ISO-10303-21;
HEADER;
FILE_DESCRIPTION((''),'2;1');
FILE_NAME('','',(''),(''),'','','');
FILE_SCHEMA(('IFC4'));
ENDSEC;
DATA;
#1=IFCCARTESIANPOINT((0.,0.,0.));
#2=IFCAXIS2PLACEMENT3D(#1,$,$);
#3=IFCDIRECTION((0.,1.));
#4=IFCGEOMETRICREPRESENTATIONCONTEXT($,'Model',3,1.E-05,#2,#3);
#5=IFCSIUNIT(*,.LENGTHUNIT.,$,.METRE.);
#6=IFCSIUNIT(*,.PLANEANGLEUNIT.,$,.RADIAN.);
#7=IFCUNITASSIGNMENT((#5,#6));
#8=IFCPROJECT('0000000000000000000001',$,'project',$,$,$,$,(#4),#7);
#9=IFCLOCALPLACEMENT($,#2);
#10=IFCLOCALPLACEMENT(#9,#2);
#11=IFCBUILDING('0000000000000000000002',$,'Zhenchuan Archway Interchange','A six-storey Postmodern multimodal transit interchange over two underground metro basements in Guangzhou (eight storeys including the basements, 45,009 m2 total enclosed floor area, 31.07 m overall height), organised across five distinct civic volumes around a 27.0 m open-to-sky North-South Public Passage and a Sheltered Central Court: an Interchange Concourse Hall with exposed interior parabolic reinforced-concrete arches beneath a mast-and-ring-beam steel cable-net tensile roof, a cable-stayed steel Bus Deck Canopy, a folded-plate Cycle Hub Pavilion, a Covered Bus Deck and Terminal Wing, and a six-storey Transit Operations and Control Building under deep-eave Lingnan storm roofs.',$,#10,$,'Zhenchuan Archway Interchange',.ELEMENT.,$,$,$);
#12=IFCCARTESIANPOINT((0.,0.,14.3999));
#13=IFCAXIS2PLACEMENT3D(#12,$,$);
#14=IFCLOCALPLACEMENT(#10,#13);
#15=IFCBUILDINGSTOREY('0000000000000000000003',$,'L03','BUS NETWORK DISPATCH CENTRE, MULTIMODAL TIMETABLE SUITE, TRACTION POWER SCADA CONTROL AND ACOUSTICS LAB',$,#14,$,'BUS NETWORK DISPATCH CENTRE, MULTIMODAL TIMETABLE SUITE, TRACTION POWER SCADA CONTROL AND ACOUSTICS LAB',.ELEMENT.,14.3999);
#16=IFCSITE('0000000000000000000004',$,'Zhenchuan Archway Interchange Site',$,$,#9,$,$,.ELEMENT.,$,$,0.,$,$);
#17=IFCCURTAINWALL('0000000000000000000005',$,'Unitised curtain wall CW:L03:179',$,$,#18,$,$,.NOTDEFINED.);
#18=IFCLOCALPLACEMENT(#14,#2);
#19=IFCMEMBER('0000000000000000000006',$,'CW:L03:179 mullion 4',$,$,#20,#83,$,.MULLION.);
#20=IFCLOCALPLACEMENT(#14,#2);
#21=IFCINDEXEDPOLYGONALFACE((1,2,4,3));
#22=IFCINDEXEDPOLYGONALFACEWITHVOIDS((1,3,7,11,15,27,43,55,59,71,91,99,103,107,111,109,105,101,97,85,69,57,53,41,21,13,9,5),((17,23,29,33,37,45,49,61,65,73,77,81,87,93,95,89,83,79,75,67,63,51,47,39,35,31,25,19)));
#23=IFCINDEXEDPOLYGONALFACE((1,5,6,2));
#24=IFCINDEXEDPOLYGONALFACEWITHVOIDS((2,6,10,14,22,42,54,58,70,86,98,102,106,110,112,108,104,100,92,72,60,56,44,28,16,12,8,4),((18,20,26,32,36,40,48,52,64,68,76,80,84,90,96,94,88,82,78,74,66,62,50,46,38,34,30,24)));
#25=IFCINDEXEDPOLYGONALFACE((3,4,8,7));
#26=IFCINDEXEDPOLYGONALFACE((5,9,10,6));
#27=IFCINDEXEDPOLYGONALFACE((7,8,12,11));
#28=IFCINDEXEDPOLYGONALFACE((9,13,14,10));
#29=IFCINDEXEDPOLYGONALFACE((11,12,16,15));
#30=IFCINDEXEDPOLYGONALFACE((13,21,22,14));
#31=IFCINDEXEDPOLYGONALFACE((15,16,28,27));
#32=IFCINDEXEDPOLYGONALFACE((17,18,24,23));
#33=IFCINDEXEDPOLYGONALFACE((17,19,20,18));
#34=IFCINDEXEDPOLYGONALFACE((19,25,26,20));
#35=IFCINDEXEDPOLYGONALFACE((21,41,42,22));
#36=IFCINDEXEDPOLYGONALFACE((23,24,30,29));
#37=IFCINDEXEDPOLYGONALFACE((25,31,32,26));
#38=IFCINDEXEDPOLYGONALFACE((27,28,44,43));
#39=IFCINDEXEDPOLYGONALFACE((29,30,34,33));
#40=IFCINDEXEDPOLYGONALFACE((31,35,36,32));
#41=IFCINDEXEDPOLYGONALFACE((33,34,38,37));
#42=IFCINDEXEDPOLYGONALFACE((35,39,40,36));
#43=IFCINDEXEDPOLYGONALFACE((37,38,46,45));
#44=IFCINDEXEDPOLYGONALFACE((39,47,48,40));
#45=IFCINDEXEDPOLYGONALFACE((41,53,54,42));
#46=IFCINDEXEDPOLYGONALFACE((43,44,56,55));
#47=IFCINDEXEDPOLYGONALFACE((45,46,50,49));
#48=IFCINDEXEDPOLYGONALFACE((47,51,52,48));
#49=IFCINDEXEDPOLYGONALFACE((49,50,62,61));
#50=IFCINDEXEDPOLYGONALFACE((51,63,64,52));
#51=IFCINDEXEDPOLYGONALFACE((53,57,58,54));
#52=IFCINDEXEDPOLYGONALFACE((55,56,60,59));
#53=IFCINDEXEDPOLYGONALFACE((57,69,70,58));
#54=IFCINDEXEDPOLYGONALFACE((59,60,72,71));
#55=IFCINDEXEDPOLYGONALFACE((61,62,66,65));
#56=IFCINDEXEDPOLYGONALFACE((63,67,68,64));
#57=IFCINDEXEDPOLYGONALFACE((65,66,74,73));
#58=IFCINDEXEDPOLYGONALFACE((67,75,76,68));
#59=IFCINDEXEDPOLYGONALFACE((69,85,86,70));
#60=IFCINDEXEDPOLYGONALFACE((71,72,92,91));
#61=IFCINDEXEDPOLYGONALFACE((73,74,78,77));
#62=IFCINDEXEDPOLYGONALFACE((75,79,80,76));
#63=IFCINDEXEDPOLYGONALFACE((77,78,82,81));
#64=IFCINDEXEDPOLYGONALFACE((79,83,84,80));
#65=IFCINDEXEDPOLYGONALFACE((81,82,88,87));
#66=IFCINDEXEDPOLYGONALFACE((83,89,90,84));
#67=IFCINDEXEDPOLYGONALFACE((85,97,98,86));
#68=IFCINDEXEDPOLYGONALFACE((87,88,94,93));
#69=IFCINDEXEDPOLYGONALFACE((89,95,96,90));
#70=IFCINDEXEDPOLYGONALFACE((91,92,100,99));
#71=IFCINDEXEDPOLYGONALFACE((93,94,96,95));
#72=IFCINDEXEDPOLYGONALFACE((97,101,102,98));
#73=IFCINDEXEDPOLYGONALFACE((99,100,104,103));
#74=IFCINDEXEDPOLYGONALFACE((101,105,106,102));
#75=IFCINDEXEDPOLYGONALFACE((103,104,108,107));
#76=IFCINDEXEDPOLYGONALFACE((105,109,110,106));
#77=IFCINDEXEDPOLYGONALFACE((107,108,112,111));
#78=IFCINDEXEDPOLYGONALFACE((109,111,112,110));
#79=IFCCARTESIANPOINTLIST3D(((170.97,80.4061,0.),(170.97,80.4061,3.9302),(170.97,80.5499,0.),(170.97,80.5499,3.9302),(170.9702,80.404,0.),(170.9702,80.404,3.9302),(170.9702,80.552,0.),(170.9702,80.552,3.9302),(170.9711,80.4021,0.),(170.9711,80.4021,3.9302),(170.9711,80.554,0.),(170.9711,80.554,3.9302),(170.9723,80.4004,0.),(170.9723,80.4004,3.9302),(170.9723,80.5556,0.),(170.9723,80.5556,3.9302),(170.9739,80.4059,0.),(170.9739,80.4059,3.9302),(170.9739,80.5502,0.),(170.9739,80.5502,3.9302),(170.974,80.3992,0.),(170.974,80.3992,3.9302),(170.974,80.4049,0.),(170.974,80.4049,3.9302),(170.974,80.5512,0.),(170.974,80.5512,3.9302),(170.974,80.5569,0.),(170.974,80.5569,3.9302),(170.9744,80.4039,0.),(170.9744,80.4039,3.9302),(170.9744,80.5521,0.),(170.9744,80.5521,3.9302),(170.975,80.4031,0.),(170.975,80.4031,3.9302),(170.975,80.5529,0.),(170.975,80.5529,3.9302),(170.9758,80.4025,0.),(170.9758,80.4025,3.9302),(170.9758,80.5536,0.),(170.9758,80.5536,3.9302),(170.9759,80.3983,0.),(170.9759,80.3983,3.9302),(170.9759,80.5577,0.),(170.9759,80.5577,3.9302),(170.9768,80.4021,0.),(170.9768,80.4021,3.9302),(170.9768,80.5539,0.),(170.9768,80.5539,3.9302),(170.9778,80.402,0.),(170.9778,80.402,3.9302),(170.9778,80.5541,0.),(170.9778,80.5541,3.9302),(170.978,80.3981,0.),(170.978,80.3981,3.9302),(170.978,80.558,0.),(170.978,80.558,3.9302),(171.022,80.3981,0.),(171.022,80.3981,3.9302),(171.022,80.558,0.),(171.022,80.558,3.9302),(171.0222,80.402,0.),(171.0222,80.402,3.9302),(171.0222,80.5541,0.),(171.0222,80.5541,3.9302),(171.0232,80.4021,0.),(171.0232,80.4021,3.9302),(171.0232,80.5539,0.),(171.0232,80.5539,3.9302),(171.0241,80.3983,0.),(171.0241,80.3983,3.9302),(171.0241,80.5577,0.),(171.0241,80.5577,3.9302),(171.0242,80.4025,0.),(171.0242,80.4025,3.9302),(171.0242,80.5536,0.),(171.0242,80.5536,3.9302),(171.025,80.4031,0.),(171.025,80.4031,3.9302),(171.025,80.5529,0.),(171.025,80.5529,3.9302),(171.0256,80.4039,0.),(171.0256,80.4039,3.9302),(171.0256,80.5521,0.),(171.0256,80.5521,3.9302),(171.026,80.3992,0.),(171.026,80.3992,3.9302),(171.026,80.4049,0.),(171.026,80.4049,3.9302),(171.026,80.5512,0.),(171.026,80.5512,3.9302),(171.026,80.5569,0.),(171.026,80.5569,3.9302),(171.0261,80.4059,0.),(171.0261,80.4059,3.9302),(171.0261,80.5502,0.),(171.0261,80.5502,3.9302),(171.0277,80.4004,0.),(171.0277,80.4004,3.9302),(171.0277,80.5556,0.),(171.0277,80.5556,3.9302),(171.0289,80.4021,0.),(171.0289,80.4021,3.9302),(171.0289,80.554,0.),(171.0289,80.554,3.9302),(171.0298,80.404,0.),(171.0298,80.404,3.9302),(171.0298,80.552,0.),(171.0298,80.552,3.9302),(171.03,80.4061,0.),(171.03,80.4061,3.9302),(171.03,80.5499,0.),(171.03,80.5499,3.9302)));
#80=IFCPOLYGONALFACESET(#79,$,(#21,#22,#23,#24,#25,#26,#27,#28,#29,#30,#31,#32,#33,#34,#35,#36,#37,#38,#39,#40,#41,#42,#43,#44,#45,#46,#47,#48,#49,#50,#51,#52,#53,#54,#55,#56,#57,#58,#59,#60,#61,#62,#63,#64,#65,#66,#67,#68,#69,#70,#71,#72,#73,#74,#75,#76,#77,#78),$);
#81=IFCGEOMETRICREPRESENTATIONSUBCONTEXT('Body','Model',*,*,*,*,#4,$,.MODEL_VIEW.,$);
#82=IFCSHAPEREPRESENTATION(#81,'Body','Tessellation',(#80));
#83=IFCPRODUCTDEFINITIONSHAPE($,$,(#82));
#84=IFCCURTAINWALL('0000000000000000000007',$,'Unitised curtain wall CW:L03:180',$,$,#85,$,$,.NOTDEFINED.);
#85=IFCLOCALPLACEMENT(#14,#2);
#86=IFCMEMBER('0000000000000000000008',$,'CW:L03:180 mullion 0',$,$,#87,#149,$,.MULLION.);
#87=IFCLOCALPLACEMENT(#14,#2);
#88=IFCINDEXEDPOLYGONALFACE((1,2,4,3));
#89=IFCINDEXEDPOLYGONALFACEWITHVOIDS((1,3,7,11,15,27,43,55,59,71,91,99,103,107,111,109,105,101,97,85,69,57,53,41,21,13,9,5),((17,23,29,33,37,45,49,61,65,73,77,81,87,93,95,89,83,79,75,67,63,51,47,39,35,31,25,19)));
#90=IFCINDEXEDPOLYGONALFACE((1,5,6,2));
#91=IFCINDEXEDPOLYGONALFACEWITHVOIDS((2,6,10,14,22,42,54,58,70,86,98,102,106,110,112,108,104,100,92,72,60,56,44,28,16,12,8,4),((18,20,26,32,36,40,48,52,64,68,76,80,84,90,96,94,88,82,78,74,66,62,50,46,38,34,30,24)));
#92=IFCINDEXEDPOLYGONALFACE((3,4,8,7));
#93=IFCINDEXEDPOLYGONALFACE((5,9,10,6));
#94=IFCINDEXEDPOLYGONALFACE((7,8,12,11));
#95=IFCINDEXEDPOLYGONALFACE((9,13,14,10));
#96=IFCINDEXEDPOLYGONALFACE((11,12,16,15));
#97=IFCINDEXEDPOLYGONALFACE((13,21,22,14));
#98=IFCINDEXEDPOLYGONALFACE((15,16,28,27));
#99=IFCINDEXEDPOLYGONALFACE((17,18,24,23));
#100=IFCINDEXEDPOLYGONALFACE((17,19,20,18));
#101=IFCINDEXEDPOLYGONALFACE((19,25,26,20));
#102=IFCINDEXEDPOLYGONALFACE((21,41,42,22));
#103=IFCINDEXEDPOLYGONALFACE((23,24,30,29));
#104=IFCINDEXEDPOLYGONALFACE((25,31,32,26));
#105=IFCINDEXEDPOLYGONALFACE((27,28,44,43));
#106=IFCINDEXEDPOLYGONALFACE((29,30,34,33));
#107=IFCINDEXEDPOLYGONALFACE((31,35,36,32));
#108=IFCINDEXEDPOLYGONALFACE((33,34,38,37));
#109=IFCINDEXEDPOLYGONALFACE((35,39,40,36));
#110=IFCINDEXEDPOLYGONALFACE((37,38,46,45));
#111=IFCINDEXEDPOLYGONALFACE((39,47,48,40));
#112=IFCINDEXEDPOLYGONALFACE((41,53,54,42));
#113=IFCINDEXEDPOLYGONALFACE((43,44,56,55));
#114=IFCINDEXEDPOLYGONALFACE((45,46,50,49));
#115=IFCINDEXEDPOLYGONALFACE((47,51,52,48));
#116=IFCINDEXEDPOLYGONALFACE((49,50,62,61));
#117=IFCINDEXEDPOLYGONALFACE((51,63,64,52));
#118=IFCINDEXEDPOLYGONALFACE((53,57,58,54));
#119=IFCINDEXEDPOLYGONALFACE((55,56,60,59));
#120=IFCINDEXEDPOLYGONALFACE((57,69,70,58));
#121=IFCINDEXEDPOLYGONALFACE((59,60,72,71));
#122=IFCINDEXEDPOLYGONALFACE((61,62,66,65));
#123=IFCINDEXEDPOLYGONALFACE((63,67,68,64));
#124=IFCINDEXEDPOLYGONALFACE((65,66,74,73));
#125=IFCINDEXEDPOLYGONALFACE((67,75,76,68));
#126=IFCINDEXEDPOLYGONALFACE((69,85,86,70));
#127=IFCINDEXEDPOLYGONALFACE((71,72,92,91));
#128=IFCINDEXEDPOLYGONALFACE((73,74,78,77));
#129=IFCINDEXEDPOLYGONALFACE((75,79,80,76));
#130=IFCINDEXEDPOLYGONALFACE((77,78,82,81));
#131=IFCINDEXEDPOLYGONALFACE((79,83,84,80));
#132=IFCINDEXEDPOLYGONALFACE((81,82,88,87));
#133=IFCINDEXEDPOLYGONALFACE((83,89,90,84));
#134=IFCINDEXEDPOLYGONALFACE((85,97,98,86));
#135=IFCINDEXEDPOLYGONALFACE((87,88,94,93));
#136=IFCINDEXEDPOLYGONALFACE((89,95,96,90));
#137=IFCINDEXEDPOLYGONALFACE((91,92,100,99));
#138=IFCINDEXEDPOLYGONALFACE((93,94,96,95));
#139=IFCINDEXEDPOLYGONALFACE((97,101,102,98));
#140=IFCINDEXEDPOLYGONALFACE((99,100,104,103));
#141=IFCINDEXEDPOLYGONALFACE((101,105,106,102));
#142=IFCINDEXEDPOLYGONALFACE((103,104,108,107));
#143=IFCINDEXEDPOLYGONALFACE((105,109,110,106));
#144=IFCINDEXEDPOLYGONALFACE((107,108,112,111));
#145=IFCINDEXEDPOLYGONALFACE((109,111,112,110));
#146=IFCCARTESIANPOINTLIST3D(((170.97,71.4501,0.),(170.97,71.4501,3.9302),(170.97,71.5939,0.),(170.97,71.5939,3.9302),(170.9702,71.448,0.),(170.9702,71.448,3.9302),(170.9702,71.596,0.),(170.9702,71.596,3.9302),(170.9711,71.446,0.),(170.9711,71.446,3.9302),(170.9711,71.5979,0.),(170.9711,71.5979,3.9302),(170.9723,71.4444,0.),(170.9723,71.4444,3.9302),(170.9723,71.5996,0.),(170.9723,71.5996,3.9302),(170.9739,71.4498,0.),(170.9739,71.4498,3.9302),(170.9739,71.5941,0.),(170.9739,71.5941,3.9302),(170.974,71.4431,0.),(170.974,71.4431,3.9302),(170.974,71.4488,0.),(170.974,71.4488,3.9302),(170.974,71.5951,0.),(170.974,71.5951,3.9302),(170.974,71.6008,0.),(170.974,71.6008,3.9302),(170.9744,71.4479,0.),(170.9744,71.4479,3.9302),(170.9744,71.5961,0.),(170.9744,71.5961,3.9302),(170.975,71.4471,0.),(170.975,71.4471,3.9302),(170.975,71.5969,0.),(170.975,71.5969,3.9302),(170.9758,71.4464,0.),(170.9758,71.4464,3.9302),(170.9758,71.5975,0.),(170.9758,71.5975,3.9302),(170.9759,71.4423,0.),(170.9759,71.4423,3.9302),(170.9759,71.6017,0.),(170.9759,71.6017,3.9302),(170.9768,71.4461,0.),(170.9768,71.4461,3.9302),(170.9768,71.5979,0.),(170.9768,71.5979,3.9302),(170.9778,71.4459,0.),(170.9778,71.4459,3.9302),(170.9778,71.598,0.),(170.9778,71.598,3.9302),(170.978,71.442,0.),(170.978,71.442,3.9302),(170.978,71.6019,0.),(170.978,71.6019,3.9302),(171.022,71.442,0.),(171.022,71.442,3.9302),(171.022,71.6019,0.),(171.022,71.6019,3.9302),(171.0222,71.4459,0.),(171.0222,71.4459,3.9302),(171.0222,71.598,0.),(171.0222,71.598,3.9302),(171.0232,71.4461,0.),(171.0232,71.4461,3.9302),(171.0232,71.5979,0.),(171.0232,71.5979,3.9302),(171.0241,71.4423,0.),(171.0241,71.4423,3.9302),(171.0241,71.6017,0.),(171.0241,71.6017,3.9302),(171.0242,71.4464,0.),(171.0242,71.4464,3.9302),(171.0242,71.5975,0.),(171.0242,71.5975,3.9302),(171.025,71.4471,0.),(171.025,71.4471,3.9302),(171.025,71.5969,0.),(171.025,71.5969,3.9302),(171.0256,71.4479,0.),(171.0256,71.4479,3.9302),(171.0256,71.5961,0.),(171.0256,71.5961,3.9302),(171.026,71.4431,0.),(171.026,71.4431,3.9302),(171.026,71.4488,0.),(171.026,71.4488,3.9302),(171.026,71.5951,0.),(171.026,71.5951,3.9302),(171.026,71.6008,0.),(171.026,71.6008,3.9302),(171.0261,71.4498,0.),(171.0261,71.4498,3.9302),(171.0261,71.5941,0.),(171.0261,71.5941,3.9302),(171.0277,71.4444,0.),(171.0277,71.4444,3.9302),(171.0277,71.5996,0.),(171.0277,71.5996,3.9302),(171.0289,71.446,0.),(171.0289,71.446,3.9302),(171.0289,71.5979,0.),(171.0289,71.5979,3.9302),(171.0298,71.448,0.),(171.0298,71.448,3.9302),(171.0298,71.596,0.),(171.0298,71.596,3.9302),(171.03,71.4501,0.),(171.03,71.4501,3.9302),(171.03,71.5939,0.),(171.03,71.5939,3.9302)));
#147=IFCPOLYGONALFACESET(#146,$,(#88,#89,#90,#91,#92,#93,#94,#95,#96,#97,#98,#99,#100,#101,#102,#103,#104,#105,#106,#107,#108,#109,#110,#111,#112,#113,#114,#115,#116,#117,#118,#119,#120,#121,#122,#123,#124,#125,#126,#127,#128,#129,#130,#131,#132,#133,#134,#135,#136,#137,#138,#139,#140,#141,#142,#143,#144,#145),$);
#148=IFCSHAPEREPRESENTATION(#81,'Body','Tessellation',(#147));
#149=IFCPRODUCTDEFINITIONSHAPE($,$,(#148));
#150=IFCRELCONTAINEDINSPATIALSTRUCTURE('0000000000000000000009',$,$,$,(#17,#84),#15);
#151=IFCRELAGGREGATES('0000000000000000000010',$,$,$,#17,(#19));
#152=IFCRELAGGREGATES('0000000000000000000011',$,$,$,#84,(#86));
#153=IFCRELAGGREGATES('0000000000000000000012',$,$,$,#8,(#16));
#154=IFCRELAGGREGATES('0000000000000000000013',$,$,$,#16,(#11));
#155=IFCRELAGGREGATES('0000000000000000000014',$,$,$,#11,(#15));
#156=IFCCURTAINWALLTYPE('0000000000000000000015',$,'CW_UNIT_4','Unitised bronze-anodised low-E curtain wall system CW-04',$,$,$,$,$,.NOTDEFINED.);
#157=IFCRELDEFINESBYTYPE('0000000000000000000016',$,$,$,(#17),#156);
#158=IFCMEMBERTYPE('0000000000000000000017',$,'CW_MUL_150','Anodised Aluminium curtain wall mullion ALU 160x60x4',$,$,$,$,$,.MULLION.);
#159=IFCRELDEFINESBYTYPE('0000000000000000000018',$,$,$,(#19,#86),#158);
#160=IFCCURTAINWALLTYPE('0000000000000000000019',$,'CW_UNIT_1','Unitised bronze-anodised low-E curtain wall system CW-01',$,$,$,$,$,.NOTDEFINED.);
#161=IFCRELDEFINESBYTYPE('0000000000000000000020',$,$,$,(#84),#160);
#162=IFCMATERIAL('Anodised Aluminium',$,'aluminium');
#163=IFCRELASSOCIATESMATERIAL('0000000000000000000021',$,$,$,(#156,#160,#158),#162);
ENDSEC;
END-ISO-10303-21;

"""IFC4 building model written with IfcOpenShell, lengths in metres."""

from ifc_helpers import new_model, si_unit, direction, frame, origin, origin_2d, place, context, subcontext, project, spatial, hollow_rectangle, extrude, material, material_profile, profile_set, type_object, element, aggregate, save


model = new_model("IFC4")

# Units and contexts
model_context = context("Model", 3, precision=1e-05, world=origin(), true_north=direction((0.0, 1.0)))
body_context = subcontext(model_context, "Body", "Model", "MODEL_VIEW")
ifc_project = project(units=[si_unit("LENGTHUNIT", "METRE"), si_unit("PLANEANGLEUNIT", "RADIAN")], contexts=[model_context])

# Site, building, storey
site_placement = place(None, origin())
site = spatial("IfcSite", under=ifc_project, at=site_placement, Name="Zhenchuan Archway Interchange Site", CompositionType="ELEMENT", RefElevation=0.0)
building_placement = place(site_placement, origin())
building = spatial("IfcBuilding", under=site, at=building_placement, Name="Zhenchuan Archway Interchange", Description="A six-storey Postmodern multimodal transit interchange over two underground metro basements in Guangzhou (eight storeys including the basements, 45,009 m2 total enclosed floor area, 31.07 m overall height), organised across five distinct civic volumes around a 27.0 m open-to-sky North-South Public Passage and a Sheltered Central Court: an Interchange Concourse Hall with exposed interior parabolic reinforced-concrete arches beneath a mast-and-ring-beam steel cable-net tensile roof, a cable-stayed steel Bus Deck Canopy, a folded-plate Cycle Hub Pavilion, a Covered Bus Deck and Terminal Wing, and a six-storey Transit Operations and Control Building under deep-eave Lingnan storm roofs.", LongName="Zhenchuan Archway Interchange", CompositionType="ELEMENT")
storey_placement = place(building_placement, frame((0.0, 0.0, 14.3999)))
storey = spatial("IfcBuildingStorey", under=building, at=storey_placement, Name="L03", Description="BUS NETWORK DISPATCH CENTRE, MULTIMODAL TIMETABLE SUITE, TRACTION POWER SCADA CONTROL AND ACOUSTICS LAB", LongName="BUS NETWORK DISPATCH CENTRE, MULTIMODAL TIMETABLE SUITE, TRACTION POWER SCADA CONTROL AND ACOUSTICS LAB", CompositionType="ELEMENT", Elevation=14.3999)

# Curtain walls, members
ifc_material_1 = material(Name="Anodised Aluminium", Category="aluminium")
curtain_wall_type_1 = type_object("IfcCurtainWallType", Name="CW_UNIT_4", Description="Unitised bronze-anodised low-E curtain wall system CW-04", PredefinedType="NOTDEFINED", material=ifc_material_1)
curtain_wall_1_placement = place(storey_placement, origin())
curtain_wall_1 = element("IfcCurtainWall", 1, at=curtain_wall_1_placement, inside=storey, type_object=curtain_wall_type_1, Name="Unitised curtain wall CW:L03:179", PredefinedType="NOTDEFINED")
ifc_material_profile_1 = material_profile(ifc_material_1, hollow_rectangle(XDim=0.0601, YDim=0.1599, WallThickness=0.0039, InnerFilletRadius=0.0039, OuterFilletRadius=0.0081, at=origin_2d()), Name="ALU 160x60x4")
ifc_profile_set_1 = profile_set([ifc_material_profile_1], Name="Anodised Aluminium")
member_type_1 = type_object("IfcMemberType", Name="CW_MUL_150", Description="Anodised Aluminium curtain wall mullion ALU 160x60x4", PredefinedType="MULLION", material=ifc_profile_set_1)
member_1_placement = place(storey_placement, frame((171.0, 80.478, 0.0), z_axis=(0.0, 0.0, 1.0), x_axis=(1.0, 0.0, 0.0)))
member_1 = element("IfcMember", 2, at=member_1_placement, type_object=member_type_1, Name="CW:L03:179 mullion 4", PredefinedType="MULLION", context=body_context, shape_type="SweptSolid", body=[
    extrude(hollow_rectangle(XDim=0.0601, YDim=0.1599, WallThickness=0.0039, InnerFilletRadius=0.0039, OuterFilletRadius=0.0081, at=origin_2d()), origin(), (0.0, 0.0, 1.0), 3.9302),
])
curtain_wall_type_2 = type_object("IfcCurtainWallType", Name="CW_UNIT_1", Description="Unitised bronze-anodised low-E curtain wall system CW-01", PredefinedType="NOTDEFINED", material=ifc_material_1)
curtain_wall_2_placement = place(storey_placement, origin())
curtain_wall_2 = element("IfcCurtainWall", 3, at=curtain_wall_2_placement, inside=storey, type_object=curtain_wall_type_2, Name="Unitised curtain wall CW:L03:180", PredefinedType="NOTDEFINED")
member_2_placement = place(storey_placement, frame((171.0, 71.522, 0.0), z_axis=(0.0, 0.0, 1.0), x_axis=(1.0, 0.0, 0.0)))
member_2 = element("IfcMember", 4, at=member_2_placement, type_object=member_type_1, Name="CW:L03:180 mullion 0", PredefinedType="MULLION", context=body_context, shape_type="SweptSolid", body=[
    extrude(hollow_rectangle(XDim=0.0601, YDim=0.1599, WallThickness=0.0039, InnerFilletRadius=0.0039, OuterFilletRadius=0.0081, at=origin_2d()), origin(), (0.0, 0.0, 1.0), 3.9302),
])

aggregate(curtain_wall_1, [member_1])
aggregate(curtain_wall_2, [member_2])

save(model, "model.ifc")
